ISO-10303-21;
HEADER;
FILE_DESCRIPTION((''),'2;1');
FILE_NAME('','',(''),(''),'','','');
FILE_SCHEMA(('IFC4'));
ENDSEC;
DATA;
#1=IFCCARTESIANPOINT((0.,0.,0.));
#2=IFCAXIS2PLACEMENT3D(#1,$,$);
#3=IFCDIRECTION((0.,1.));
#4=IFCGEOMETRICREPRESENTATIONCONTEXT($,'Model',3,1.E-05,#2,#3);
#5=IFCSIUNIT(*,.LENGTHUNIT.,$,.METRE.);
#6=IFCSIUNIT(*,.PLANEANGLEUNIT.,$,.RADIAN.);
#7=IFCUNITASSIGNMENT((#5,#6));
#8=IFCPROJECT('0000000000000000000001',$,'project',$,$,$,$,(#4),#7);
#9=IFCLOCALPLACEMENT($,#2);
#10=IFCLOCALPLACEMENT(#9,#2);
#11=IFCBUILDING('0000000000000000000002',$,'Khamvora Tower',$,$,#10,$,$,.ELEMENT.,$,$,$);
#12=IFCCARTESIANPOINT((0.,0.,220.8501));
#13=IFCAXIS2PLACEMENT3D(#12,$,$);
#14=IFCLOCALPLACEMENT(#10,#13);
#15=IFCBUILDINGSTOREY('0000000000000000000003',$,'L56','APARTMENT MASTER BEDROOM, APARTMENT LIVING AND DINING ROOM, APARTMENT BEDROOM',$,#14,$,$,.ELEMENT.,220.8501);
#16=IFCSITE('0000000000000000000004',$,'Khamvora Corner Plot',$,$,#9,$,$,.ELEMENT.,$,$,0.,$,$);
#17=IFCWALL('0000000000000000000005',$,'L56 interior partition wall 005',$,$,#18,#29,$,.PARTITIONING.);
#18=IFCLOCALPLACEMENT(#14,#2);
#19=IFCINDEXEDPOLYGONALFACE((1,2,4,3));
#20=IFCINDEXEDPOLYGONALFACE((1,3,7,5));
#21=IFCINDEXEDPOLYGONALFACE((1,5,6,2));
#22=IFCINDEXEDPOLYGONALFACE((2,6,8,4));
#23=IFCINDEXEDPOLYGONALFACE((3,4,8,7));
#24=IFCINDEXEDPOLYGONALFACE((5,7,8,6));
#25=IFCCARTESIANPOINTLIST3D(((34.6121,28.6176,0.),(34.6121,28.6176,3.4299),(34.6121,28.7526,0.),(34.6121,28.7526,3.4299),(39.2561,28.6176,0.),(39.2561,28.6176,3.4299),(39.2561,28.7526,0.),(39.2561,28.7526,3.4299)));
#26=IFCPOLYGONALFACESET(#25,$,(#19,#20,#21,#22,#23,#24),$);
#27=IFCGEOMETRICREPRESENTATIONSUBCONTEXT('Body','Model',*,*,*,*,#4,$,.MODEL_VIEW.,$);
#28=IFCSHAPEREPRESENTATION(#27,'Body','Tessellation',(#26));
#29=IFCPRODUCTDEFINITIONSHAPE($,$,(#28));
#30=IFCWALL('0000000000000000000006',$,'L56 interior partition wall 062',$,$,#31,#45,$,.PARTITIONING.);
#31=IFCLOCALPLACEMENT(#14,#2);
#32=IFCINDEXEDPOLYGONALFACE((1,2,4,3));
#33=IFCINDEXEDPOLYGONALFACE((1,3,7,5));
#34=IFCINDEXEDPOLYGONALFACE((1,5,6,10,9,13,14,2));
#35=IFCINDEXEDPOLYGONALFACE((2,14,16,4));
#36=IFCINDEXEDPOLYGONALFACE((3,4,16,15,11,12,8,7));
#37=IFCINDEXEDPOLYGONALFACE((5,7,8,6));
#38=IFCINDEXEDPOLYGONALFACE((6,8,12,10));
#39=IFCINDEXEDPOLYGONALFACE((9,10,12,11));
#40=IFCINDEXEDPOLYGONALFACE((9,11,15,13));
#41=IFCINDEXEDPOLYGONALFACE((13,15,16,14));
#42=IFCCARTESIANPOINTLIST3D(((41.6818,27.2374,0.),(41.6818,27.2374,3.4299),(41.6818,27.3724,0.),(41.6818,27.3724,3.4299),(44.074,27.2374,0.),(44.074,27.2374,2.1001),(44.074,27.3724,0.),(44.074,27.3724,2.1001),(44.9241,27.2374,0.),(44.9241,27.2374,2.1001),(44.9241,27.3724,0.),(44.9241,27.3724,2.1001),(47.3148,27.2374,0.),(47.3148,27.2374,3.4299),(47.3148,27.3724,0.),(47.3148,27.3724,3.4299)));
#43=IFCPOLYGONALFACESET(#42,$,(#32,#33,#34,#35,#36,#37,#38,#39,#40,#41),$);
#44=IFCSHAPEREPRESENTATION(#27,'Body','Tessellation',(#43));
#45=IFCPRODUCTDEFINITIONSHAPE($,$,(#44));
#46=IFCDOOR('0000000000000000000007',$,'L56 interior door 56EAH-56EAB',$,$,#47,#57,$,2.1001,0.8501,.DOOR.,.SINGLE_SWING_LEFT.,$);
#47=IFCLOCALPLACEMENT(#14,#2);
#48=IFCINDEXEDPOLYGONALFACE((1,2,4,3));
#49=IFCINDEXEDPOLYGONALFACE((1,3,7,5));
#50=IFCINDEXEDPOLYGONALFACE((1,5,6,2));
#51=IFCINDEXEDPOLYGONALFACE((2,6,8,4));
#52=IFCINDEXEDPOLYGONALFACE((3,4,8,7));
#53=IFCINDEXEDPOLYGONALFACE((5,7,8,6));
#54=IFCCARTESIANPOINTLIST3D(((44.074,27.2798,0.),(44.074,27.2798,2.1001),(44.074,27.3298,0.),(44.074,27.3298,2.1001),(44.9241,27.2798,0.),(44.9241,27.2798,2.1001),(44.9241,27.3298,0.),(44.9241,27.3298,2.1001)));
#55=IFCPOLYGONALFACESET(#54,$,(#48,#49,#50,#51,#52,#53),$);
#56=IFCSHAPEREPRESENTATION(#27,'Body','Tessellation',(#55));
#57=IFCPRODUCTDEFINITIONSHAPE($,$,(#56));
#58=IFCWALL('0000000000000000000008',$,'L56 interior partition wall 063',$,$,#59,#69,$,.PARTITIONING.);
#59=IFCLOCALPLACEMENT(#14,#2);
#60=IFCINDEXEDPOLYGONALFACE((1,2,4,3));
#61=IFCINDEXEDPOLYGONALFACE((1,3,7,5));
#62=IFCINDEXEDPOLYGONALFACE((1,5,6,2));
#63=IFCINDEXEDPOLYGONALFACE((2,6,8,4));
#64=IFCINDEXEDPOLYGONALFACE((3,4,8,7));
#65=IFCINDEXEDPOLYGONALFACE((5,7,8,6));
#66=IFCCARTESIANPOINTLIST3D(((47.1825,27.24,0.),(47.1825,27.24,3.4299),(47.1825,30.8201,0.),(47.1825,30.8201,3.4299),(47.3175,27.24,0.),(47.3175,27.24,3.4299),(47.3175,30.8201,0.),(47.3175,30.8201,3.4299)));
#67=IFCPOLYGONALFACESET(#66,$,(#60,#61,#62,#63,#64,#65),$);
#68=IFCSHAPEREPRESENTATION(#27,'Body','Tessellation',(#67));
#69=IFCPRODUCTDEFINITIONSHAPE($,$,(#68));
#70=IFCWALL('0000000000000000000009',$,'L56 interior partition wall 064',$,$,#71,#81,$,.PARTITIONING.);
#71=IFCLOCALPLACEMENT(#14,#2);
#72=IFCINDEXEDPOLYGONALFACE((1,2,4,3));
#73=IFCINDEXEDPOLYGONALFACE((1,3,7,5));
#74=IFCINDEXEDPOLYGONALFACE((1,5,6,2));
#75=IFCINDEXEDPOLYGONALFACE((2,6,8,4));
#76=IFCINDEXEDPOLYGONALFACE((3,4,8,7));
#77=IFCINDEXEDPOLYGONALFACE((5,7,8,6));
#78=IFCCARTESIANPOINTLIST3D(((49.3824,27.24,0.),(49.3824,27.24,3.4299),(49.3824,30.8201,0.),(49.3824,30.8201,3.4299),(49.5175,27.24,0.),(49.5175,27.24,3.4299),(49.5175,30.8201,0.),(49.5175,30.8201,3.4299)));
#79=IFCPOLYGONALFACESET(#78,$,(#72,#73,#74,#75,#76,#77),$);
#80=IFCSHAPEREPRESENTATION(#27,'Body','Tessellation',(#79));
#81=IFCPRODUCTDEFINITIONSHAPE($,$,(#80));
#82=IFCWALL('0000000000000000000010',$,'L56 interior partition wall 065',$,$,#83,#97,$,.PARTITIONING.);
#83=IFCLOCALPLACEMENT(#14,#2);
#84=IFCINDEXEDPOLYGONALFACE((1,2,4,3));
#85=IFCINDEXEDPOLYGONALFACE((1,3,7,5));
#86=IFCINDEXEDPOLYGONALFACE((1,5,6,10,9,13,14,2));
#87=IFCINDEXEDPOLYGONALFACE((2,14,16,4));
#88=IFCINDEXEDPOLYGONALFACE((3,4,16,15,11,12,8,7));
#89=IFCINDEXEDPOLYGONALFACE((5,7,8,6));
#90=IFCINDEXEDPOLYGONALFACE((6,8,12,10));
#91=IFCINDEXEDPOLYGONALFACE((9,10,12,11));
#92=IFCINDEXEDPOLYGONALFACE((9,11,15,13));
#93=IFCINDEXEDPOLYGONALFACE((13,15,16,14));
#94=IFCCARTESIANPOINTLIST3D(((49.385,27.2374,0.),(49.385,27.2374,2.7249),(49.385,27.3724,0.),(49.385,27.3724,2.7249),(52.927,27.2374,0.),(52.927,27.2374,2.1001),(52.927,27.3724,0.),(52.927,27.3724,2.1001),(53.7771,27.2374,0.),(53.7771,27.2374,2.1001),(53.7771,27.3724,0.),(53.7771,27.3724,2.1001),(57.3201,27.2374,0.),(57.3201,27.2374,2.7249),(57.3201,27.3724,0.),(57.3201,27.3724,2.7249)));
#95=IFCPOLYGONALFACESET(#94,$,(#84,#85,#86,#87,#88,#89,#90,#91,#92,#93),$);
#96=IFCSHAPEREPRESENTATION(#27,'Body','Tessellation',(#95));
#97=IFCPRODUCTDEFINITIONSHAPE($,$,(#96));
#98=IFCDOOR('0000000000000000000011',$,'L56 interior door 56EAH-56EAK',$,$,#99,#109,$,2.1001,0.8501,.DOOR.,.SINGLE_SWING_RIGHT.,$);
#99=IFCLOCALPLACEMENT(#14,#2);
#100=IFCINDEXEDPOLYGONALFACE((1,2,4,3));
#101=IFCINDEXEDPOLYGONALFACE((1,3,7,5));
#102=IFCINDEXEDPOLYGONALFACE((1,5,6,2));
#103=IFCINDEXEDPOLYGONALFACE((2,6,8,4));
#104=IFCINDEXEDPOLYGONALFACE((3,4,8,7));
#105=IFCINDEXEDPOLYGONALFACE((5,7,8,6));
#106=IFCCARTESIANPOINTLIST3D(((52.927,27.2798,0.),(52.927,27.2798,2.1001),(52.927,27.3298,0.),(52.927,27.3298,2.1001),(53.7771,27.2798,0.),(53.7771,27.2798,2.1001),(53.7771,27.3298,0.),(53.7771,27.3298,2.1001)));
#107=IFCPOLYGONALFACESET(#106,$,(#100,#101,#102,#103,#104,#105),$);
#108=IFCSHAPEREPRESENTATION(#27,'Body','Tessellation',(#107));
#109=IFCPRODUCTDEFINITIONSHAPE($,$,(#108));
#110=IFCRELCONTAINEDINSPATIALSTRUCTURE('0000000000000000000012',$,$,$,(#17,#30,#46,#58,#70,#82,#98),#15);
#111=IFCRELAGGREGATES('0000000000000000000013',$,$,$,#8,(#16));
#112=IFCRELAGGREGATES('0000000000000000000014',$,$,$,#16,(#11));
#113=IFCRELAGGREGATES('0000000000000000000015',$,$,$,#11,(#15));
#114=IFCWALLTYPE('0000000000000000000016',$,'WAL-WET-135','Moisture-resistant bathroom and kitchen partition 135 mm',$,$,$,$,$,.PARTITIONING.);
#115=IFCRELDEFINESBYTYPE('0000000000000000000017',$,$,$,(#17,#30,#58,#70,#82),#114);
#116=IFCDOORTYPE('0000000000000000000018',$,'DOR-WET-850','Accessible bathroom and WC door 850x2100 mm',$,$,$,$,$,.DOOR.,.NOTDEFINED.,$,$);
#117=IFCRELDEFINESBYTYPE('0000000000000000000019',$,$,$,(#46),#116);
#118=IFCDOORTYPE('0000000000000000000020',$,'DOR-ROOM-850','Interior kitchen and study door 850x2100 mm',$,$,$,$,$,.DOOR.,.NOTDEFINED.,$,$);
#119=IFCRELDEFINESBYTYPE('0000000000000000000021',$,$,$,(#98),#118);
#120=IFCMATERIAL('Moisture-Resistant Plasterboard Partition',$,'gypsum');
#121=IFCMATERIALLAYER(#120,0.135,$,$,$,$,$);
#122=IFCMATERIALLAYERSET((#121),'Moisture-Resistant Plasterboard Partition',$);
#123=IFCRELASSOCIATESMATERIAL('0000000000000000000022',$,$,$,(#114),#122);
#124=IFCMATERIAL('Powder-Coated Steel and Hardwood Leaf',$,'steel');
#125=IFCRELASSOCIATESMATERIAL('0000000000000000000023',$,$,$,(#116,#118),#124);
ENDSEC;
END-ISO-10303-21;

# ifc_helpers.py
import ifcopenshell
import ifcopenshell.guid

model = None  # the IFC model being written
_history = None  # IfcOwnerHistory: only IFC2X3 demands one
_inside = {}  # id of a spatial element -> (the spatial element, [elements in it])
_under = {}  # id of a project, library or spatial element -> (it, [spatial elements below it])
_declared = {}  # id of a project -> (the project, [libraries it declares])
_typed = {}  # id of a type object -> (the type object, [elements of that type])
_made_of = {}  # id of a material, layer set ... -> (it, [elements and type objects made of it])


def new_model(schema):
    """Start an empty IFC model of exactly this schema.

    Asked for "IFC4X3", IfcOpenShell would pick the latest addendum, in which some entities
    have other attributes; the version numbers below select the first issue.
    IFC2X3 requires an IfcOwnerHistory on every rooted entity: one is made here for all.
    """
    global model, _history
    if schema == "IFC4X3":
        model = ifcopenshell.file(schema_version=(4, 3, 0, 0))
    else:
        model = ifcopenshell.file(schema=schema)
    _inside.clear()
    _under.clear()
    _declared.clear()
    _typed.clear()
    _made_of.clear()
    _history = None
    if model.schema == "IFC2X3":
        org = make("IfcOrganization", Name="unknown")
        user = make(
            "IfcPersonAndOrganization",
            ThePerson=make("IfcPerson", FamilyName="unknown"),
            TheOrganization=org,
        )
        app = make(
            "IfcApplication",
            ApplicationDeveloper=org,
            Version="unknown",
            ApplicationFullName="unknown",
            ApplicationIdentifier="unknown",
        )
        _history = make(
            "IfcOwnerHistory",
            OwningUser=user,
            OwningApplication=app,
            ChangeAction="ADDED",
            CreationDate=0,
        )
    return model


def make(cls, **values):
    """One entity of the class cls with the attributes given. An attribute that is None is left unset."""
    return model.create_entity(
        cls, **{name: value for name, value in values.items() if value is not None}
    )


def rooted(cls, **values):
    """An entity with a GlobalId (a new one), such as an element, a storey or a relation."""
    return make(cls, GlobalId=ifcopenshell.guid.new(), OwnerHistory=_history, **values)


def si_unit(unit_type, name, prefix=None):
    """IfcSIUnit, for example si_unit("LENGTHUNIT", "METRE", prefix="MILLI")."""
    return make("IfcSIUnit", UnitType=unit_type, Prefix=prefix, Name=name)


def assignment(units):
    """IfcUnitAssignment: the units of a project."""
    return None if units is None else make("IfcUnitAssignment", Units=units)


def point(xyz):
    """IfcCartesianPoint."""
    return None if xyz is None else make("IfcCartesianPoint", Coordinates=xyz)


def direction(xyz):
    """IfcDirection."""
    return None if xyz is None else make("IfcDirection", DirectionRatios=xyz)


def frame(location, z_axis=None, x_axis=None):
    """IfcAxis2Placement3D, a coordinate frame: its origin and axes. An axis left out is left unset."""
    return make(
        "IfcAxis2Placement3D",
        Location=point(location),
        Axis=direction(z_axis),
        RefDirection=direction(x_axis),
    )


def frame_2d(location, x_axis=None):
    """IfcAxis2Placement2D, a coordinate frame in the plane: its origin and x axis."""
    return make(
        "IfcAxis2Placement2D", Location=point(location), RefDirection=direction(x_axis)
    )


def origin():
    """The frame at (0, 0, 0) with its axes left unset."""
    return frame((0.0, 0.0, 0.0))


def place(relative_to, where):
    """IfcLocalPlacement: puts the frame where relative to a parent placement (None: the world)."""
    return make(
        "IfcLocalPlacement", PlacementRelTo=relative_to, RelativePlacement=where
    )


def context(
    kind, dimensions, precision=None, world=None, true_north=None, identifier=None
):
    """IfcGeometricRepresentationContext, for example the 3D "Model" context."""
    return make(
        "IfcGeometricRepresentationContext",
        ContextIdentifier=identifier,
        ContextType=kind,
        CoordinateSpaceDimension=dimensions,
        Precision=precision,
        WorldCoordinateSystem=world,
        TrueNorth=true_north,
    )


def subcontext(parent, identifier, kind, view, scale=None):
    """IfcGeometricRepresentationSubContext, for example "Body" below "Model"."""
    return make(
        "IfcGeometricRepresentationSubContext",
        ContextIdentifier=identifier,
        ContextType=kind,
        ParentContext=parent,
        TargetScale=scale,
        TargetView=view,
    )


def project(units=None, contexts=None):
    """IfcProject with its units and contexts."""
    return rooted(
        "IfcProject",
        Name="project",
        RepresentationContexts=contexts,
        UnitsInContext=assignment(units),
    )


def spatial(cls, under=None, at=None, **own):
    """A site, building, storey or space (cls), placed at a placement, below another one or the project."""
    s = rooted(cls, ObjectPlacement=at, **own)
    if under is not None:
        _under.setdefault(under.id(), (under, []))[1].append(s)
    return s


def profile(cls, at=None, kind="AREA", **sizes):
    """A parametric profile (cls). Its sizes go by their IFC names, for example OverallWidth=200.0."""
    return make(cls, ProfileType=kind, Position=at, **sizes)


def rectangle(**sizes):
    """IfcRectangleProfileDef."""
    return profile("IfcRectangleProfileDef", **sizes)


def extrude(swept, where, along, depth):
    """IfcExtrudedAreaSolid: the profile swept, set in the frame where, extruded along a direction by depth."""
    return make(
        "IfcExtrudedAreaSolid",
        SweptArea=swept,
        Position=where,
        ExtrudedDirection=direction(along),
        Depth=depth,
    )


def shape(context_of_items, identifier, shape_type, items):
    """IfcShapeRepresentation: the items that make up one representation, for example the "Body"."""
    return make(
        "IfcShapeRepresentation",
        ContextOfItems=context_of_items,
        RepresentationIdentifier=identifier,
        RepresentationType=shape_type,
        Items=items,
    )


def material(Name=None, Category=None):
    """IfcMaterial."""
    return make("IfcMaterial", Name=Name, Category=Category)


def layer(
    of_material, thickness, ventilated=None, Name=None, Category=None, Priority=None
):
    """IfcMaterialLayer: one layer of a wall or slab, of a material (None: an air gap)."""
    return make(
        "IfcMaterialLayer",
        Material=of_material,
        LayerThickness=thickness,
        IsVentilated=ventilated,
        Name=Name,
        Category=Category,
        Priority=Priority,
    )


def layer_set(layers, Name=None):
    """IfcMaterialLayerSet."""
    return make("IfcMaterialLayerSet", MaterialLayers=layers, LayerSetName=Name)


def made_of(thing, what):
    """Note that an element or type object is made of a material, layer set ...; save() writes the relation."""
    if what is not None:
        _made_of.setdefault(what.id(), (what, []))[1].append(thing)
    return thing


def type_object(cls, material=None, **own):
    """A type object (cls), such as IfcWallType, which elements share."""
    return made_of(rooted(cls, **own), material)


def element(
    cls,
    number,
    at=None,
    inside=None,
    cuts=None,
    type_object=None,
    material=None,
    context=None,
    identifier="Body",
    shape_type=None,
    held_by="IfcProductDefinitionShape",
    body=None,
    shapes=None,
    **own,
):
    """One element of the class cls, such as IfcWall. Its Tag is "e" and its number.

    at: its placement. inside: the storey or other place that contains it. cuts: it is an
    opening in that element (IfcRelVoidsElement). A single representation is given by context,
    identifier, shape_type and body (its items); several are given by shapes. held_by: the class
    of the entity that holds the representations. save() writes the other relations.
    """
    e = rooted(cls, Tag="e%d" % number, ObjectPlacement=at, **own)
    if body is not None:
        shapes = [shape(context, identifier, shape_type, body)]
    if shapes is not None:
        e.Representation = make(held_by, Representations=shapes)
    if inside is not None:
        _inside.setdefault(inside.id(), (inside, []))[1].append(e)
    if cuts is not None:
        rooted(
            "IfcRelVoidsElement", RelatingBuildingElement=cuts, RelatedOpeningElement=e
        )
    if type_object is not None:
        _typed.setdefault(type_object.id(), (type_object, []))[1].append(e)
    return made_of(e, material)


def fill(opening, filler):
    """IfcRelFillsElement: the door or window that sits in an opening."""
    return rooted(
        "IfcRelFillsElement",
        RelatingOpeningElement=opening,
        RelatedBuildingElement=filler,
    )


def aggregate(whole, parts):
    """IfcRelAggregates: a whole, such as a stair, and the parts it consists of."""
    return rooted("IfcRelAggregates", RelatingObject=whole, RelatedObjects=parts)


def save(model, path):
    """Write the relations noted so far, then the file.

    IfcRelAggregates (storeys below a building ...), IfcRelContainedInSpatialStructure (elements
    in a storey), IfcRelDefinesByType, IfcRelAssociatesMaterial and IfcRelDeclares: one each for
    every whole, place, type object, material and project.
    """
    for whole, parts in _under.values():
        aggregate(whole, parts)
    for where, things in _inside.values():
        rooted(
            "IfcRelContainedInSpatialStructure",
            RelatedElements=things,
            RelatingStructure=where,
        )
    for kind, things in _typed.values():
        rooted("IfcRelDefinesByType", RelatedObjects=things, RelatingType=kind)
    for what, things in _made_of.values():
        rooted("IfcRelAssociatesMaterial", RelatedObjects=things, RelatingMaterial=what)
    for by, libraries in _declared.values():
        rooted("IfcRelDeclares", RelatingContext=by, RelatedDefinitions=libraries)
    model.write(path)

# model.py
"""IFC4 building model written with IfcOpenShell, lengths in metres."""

from ifc_helpers import new_model, si_unit, direction, frame, frame_2d, origin, place, context, subcontext, project, spatial, rectangle, extrude, material, layer, layer_set, type_object, element, fill, save


model = new_model("IFC4")

# Units and contexts
model_context = context("Model", 3, precision=1e-05, world=origin(), true_north=direction((0.0, 1.0)))
body_context = subcontext(model_context, "Body", "Model", "MODEL_VIEW")
ifc_project = project(units=[si_unit("LENGTHUNIT", "METRE"), si_unit("PLANEANGLEUNIT", "RADIAN")], contexts=[model_context])

# Site, building, storey
site_placement = place(None, origin())
site = spatial("IfcSite", under=ifc_project, at=site_placement, Name="Khamvora Corner Plot", CompositionType="ELEMENT", RefElevation=0.0)
building_placement = place(site_placement, origin())
building = spatial("IfcBuilding", under=site, at=building_placement, Name="Khamvora Tower", CompositionType="ELEMENT")
storey_placement = place(building_placement, frame((0.0, 0.0, 220.8501)))
storey = spatial("IfcBuildingStorey", under=building, at=storey_placement, Name="L56", Description="APARTMENT MASTER BEDROOM, APARTMENT LIVING AND DINING ROOM, APARTMENT BEDROOM", CompositionType="ELEMENT", Elevation=220.8501)

# Shared definitions
ifc_material_1 = material(Name="Powder-Coated Steel and Hardwood Leaf", Category="steel")

# Wall
ifc_material_2 = material(Name="Moisture-Resistant Plasterboard Partition", Category="gypsum")
ifc_layer_1 = layer(ifc_material_2, 0.135)
ifc_layer_set_1 = layer_set([ifc_layer_1], Name="Moisture-Resistant Plasterboard Partition")
wall_type_1 = type_object("IfcWallType", Name="WAL-WET-135", Description="Moisture-resistant bathroom and kitchen partition 135 mm", PredefinedType="PARTITIONING", material=ifc_layer_set_1)
wall_1_placement = place(storey_placement, frame((39.2561, 28.6851, 0.0), z_axis=(0.0, 0.0, 1.0), x_axis=(-1.0, 0.0, 0.0)))
element("IfcWall", 1, at=wall_1_placement, inside=storey, type_object=wall_type_1, Name="L56 interior partition wall 005", PredefinedType="PARTITIONING", context=body_context, shape_type="SweptSolid", body=[
    extrude(rectangle(XDim=4.644, YDim=0.135, at=frame_2d((2.322, 0.0))), origin(), (0.0, 0.0, 1.0), 3.4299),
])

# Wall, opening, door
wall_2_placement = place(storey_placement, frame((41.6819, 27.3049, 0.0), z_axis=(0.0, 0.0, 1.0), x_axis=(1.0, 0.0, 0.0)))
wall_2 = element("IfcWall", 2, at=wall_2_placement, inside=storey, type_object=wall_type_1, Name="L56 interior partition wall 062", PredefinedType="PARTITIONING", context=body_context, shape_type="SweptSolid", body=[
    extrude(rectangle(XDim=5.6331, YDim=0.135, at=frame_2d((2.8164, 0.0))), origin(), (0.0, 0.0, 1.0), 3.4299),
])
opening_1_placement = place(wall_2_placement, frame((2.3921, 0.0, 0.0)))
opening_1 = element("IfcOpeningElement", 3, at=opening_1_placement, cuts=wall_2, PredefinedType="OPENING", context=body_context, shape_type="SweptSolid", body=[
    extrude(rectangle(XDim=0.8501, YDim=2.1001, at=frame_2d((0.425, 1.05))), frame((0.0, 0.0774, 0.0), z_axis=(0.0, -1.0, 0.0), x_axis=(1.0, 0.0, 0.0)), (0.0, 0.0, 1.0), 0.155),
])
door_type_1 = type_object("IfcDoorType", Name="DOR-WET-850", Description="Accessible bathroom and WC door 850x2100 mm", OperationType="NOTDEFINED", PredefinedType="DOOR", material=ifc_material_1)
door_1_placement = place(opening_1_placement, origin())
door_1 = element("IfcDoor", 4, at=door_1_placement, inside=storey, type_object=door_type_1, Name="L56 interior door 56EAH-56EAB", OperationType="SINGLE_SWING_LEFT", OverallHeight=2.1001, OverallWidth=0.8501, PredefinedType="DOOR", context=body_context, shape_type="SweptSolid", body=[
    extrude(rectangle(XDim=0.8501, YDim=2.1001, at=frame_2d((0.425, 1.05))), frame((0.0, 0.0249, 0.0), z_axis=(0.0, -1.0, 0.0), x_axis=(1.0, 0.0, 0.0)), (0.0, 0.0, 1.0), 0.05),
])
fill(opening_1, door_1)

# Walls
for number, where, z_axis, x_axis, name in (
    (5, (47.25, 27.24, 0.0), (0.0, 0.0, 1.0), (0.0, 1.0, 0.0), "L56 interior partition wall 063"),
    (6, (49.45, 30.8201, 0.0), (0.0, 0.0, 1.0), (0.0, -1.0, 0.0), "L56 interior partition wall 064"),
):
    element("IfcWall", number, at=place(storey_placement, frame(where, z_axis=z_axis, x_axis=x_axis)), inside=storey, type_object=wall_type_1, Name=name, PredefinedType="PARTITIONING", context=body_context, shape_type="SweptSolid", body=[
        extrude(rectangle(XDim=3.5801, YDim=0.135, at=frame_2d((1.79, 0.0))), origin(), (0.0, 0.0, 1.0), 3.4299),
    ])

# Wall, opening, door
wall_3_placement = place(storey_placement, frame((49.385, 27.3049, 0.0), z_axis=(0.0, 0.0, 1.0), x_axis=(1.0, 0.0, 0.0)))
wall_3 = element("IfcWall", 7, at=wall_3_placement, inside=storey, type_object=wall_type_1, Name="L56 interior partition wall 065", PredefinedType="PARTITIONING", context=body_context, shape_type="SweptSolid", body=[
    extrude(rectangle(XDim=7.9351, YDim=0.135, at=frame_2d((3.9675, 0.0))), origin(), (0.0, 0.0, 1.0), 2.7249),
])
opening_2_placement = place(wall_3_placement, frame((3.542, 0.0, 0.0)))
opening_2 = element("IfcOpeningElement", 8, at=opening_2_placement, cuts=wall_3, PredefinedType="OPENING", context=body_context, shape_type="SweptSolid", body=[
    extrude(rectangle(XDim=0.8501, YDim=2.1001, at=frame_2d((0.425, 1.05))), frame((0.0, 0.0774, 0.0), z_axis=(0.0, -1.0, 0.0), x_axis=(1.0, 0.0, 0.0)), (0.0, 0.0, 1.0), 0.155),
])
door_type_2 = type_object("IfcDoorType", Name="DOR-ROOM-850", Description="Interior kitchen and study door 850x2100 mm", OperationType="NOTDEFINED", PredefinedType="DOOR", material=ifc_material_1)
door_2_placement = place(opening_2_placement, origin())
door_2 = element("IfcDoor", 9, at=door_2_placement, inside=storey, type_object=door_type_2, Name="L56 interior door 56EAH-56EAK", OperationType="SINGLE_SWING_RIGHT", OverallHeight=2.1001, OverallWidth=0.8501, PredefinedType="DOOR", context=body_context, shape_type="SweptSolid", body=[
    extrude(rectangle(XDim=0.8501, YDim=2.1001, at=frame_2d((0.425, 1.05))), frame((0.0, 0.0249, 0.0), z_axis=(0.0, -1.0, 0.0), x_axis=(1.0, 0.0, 0.0)), (0.0, 0.0, 1.0), 0.05),
])
fill(opening_2, door_2)

save(model, "model.ifc")
